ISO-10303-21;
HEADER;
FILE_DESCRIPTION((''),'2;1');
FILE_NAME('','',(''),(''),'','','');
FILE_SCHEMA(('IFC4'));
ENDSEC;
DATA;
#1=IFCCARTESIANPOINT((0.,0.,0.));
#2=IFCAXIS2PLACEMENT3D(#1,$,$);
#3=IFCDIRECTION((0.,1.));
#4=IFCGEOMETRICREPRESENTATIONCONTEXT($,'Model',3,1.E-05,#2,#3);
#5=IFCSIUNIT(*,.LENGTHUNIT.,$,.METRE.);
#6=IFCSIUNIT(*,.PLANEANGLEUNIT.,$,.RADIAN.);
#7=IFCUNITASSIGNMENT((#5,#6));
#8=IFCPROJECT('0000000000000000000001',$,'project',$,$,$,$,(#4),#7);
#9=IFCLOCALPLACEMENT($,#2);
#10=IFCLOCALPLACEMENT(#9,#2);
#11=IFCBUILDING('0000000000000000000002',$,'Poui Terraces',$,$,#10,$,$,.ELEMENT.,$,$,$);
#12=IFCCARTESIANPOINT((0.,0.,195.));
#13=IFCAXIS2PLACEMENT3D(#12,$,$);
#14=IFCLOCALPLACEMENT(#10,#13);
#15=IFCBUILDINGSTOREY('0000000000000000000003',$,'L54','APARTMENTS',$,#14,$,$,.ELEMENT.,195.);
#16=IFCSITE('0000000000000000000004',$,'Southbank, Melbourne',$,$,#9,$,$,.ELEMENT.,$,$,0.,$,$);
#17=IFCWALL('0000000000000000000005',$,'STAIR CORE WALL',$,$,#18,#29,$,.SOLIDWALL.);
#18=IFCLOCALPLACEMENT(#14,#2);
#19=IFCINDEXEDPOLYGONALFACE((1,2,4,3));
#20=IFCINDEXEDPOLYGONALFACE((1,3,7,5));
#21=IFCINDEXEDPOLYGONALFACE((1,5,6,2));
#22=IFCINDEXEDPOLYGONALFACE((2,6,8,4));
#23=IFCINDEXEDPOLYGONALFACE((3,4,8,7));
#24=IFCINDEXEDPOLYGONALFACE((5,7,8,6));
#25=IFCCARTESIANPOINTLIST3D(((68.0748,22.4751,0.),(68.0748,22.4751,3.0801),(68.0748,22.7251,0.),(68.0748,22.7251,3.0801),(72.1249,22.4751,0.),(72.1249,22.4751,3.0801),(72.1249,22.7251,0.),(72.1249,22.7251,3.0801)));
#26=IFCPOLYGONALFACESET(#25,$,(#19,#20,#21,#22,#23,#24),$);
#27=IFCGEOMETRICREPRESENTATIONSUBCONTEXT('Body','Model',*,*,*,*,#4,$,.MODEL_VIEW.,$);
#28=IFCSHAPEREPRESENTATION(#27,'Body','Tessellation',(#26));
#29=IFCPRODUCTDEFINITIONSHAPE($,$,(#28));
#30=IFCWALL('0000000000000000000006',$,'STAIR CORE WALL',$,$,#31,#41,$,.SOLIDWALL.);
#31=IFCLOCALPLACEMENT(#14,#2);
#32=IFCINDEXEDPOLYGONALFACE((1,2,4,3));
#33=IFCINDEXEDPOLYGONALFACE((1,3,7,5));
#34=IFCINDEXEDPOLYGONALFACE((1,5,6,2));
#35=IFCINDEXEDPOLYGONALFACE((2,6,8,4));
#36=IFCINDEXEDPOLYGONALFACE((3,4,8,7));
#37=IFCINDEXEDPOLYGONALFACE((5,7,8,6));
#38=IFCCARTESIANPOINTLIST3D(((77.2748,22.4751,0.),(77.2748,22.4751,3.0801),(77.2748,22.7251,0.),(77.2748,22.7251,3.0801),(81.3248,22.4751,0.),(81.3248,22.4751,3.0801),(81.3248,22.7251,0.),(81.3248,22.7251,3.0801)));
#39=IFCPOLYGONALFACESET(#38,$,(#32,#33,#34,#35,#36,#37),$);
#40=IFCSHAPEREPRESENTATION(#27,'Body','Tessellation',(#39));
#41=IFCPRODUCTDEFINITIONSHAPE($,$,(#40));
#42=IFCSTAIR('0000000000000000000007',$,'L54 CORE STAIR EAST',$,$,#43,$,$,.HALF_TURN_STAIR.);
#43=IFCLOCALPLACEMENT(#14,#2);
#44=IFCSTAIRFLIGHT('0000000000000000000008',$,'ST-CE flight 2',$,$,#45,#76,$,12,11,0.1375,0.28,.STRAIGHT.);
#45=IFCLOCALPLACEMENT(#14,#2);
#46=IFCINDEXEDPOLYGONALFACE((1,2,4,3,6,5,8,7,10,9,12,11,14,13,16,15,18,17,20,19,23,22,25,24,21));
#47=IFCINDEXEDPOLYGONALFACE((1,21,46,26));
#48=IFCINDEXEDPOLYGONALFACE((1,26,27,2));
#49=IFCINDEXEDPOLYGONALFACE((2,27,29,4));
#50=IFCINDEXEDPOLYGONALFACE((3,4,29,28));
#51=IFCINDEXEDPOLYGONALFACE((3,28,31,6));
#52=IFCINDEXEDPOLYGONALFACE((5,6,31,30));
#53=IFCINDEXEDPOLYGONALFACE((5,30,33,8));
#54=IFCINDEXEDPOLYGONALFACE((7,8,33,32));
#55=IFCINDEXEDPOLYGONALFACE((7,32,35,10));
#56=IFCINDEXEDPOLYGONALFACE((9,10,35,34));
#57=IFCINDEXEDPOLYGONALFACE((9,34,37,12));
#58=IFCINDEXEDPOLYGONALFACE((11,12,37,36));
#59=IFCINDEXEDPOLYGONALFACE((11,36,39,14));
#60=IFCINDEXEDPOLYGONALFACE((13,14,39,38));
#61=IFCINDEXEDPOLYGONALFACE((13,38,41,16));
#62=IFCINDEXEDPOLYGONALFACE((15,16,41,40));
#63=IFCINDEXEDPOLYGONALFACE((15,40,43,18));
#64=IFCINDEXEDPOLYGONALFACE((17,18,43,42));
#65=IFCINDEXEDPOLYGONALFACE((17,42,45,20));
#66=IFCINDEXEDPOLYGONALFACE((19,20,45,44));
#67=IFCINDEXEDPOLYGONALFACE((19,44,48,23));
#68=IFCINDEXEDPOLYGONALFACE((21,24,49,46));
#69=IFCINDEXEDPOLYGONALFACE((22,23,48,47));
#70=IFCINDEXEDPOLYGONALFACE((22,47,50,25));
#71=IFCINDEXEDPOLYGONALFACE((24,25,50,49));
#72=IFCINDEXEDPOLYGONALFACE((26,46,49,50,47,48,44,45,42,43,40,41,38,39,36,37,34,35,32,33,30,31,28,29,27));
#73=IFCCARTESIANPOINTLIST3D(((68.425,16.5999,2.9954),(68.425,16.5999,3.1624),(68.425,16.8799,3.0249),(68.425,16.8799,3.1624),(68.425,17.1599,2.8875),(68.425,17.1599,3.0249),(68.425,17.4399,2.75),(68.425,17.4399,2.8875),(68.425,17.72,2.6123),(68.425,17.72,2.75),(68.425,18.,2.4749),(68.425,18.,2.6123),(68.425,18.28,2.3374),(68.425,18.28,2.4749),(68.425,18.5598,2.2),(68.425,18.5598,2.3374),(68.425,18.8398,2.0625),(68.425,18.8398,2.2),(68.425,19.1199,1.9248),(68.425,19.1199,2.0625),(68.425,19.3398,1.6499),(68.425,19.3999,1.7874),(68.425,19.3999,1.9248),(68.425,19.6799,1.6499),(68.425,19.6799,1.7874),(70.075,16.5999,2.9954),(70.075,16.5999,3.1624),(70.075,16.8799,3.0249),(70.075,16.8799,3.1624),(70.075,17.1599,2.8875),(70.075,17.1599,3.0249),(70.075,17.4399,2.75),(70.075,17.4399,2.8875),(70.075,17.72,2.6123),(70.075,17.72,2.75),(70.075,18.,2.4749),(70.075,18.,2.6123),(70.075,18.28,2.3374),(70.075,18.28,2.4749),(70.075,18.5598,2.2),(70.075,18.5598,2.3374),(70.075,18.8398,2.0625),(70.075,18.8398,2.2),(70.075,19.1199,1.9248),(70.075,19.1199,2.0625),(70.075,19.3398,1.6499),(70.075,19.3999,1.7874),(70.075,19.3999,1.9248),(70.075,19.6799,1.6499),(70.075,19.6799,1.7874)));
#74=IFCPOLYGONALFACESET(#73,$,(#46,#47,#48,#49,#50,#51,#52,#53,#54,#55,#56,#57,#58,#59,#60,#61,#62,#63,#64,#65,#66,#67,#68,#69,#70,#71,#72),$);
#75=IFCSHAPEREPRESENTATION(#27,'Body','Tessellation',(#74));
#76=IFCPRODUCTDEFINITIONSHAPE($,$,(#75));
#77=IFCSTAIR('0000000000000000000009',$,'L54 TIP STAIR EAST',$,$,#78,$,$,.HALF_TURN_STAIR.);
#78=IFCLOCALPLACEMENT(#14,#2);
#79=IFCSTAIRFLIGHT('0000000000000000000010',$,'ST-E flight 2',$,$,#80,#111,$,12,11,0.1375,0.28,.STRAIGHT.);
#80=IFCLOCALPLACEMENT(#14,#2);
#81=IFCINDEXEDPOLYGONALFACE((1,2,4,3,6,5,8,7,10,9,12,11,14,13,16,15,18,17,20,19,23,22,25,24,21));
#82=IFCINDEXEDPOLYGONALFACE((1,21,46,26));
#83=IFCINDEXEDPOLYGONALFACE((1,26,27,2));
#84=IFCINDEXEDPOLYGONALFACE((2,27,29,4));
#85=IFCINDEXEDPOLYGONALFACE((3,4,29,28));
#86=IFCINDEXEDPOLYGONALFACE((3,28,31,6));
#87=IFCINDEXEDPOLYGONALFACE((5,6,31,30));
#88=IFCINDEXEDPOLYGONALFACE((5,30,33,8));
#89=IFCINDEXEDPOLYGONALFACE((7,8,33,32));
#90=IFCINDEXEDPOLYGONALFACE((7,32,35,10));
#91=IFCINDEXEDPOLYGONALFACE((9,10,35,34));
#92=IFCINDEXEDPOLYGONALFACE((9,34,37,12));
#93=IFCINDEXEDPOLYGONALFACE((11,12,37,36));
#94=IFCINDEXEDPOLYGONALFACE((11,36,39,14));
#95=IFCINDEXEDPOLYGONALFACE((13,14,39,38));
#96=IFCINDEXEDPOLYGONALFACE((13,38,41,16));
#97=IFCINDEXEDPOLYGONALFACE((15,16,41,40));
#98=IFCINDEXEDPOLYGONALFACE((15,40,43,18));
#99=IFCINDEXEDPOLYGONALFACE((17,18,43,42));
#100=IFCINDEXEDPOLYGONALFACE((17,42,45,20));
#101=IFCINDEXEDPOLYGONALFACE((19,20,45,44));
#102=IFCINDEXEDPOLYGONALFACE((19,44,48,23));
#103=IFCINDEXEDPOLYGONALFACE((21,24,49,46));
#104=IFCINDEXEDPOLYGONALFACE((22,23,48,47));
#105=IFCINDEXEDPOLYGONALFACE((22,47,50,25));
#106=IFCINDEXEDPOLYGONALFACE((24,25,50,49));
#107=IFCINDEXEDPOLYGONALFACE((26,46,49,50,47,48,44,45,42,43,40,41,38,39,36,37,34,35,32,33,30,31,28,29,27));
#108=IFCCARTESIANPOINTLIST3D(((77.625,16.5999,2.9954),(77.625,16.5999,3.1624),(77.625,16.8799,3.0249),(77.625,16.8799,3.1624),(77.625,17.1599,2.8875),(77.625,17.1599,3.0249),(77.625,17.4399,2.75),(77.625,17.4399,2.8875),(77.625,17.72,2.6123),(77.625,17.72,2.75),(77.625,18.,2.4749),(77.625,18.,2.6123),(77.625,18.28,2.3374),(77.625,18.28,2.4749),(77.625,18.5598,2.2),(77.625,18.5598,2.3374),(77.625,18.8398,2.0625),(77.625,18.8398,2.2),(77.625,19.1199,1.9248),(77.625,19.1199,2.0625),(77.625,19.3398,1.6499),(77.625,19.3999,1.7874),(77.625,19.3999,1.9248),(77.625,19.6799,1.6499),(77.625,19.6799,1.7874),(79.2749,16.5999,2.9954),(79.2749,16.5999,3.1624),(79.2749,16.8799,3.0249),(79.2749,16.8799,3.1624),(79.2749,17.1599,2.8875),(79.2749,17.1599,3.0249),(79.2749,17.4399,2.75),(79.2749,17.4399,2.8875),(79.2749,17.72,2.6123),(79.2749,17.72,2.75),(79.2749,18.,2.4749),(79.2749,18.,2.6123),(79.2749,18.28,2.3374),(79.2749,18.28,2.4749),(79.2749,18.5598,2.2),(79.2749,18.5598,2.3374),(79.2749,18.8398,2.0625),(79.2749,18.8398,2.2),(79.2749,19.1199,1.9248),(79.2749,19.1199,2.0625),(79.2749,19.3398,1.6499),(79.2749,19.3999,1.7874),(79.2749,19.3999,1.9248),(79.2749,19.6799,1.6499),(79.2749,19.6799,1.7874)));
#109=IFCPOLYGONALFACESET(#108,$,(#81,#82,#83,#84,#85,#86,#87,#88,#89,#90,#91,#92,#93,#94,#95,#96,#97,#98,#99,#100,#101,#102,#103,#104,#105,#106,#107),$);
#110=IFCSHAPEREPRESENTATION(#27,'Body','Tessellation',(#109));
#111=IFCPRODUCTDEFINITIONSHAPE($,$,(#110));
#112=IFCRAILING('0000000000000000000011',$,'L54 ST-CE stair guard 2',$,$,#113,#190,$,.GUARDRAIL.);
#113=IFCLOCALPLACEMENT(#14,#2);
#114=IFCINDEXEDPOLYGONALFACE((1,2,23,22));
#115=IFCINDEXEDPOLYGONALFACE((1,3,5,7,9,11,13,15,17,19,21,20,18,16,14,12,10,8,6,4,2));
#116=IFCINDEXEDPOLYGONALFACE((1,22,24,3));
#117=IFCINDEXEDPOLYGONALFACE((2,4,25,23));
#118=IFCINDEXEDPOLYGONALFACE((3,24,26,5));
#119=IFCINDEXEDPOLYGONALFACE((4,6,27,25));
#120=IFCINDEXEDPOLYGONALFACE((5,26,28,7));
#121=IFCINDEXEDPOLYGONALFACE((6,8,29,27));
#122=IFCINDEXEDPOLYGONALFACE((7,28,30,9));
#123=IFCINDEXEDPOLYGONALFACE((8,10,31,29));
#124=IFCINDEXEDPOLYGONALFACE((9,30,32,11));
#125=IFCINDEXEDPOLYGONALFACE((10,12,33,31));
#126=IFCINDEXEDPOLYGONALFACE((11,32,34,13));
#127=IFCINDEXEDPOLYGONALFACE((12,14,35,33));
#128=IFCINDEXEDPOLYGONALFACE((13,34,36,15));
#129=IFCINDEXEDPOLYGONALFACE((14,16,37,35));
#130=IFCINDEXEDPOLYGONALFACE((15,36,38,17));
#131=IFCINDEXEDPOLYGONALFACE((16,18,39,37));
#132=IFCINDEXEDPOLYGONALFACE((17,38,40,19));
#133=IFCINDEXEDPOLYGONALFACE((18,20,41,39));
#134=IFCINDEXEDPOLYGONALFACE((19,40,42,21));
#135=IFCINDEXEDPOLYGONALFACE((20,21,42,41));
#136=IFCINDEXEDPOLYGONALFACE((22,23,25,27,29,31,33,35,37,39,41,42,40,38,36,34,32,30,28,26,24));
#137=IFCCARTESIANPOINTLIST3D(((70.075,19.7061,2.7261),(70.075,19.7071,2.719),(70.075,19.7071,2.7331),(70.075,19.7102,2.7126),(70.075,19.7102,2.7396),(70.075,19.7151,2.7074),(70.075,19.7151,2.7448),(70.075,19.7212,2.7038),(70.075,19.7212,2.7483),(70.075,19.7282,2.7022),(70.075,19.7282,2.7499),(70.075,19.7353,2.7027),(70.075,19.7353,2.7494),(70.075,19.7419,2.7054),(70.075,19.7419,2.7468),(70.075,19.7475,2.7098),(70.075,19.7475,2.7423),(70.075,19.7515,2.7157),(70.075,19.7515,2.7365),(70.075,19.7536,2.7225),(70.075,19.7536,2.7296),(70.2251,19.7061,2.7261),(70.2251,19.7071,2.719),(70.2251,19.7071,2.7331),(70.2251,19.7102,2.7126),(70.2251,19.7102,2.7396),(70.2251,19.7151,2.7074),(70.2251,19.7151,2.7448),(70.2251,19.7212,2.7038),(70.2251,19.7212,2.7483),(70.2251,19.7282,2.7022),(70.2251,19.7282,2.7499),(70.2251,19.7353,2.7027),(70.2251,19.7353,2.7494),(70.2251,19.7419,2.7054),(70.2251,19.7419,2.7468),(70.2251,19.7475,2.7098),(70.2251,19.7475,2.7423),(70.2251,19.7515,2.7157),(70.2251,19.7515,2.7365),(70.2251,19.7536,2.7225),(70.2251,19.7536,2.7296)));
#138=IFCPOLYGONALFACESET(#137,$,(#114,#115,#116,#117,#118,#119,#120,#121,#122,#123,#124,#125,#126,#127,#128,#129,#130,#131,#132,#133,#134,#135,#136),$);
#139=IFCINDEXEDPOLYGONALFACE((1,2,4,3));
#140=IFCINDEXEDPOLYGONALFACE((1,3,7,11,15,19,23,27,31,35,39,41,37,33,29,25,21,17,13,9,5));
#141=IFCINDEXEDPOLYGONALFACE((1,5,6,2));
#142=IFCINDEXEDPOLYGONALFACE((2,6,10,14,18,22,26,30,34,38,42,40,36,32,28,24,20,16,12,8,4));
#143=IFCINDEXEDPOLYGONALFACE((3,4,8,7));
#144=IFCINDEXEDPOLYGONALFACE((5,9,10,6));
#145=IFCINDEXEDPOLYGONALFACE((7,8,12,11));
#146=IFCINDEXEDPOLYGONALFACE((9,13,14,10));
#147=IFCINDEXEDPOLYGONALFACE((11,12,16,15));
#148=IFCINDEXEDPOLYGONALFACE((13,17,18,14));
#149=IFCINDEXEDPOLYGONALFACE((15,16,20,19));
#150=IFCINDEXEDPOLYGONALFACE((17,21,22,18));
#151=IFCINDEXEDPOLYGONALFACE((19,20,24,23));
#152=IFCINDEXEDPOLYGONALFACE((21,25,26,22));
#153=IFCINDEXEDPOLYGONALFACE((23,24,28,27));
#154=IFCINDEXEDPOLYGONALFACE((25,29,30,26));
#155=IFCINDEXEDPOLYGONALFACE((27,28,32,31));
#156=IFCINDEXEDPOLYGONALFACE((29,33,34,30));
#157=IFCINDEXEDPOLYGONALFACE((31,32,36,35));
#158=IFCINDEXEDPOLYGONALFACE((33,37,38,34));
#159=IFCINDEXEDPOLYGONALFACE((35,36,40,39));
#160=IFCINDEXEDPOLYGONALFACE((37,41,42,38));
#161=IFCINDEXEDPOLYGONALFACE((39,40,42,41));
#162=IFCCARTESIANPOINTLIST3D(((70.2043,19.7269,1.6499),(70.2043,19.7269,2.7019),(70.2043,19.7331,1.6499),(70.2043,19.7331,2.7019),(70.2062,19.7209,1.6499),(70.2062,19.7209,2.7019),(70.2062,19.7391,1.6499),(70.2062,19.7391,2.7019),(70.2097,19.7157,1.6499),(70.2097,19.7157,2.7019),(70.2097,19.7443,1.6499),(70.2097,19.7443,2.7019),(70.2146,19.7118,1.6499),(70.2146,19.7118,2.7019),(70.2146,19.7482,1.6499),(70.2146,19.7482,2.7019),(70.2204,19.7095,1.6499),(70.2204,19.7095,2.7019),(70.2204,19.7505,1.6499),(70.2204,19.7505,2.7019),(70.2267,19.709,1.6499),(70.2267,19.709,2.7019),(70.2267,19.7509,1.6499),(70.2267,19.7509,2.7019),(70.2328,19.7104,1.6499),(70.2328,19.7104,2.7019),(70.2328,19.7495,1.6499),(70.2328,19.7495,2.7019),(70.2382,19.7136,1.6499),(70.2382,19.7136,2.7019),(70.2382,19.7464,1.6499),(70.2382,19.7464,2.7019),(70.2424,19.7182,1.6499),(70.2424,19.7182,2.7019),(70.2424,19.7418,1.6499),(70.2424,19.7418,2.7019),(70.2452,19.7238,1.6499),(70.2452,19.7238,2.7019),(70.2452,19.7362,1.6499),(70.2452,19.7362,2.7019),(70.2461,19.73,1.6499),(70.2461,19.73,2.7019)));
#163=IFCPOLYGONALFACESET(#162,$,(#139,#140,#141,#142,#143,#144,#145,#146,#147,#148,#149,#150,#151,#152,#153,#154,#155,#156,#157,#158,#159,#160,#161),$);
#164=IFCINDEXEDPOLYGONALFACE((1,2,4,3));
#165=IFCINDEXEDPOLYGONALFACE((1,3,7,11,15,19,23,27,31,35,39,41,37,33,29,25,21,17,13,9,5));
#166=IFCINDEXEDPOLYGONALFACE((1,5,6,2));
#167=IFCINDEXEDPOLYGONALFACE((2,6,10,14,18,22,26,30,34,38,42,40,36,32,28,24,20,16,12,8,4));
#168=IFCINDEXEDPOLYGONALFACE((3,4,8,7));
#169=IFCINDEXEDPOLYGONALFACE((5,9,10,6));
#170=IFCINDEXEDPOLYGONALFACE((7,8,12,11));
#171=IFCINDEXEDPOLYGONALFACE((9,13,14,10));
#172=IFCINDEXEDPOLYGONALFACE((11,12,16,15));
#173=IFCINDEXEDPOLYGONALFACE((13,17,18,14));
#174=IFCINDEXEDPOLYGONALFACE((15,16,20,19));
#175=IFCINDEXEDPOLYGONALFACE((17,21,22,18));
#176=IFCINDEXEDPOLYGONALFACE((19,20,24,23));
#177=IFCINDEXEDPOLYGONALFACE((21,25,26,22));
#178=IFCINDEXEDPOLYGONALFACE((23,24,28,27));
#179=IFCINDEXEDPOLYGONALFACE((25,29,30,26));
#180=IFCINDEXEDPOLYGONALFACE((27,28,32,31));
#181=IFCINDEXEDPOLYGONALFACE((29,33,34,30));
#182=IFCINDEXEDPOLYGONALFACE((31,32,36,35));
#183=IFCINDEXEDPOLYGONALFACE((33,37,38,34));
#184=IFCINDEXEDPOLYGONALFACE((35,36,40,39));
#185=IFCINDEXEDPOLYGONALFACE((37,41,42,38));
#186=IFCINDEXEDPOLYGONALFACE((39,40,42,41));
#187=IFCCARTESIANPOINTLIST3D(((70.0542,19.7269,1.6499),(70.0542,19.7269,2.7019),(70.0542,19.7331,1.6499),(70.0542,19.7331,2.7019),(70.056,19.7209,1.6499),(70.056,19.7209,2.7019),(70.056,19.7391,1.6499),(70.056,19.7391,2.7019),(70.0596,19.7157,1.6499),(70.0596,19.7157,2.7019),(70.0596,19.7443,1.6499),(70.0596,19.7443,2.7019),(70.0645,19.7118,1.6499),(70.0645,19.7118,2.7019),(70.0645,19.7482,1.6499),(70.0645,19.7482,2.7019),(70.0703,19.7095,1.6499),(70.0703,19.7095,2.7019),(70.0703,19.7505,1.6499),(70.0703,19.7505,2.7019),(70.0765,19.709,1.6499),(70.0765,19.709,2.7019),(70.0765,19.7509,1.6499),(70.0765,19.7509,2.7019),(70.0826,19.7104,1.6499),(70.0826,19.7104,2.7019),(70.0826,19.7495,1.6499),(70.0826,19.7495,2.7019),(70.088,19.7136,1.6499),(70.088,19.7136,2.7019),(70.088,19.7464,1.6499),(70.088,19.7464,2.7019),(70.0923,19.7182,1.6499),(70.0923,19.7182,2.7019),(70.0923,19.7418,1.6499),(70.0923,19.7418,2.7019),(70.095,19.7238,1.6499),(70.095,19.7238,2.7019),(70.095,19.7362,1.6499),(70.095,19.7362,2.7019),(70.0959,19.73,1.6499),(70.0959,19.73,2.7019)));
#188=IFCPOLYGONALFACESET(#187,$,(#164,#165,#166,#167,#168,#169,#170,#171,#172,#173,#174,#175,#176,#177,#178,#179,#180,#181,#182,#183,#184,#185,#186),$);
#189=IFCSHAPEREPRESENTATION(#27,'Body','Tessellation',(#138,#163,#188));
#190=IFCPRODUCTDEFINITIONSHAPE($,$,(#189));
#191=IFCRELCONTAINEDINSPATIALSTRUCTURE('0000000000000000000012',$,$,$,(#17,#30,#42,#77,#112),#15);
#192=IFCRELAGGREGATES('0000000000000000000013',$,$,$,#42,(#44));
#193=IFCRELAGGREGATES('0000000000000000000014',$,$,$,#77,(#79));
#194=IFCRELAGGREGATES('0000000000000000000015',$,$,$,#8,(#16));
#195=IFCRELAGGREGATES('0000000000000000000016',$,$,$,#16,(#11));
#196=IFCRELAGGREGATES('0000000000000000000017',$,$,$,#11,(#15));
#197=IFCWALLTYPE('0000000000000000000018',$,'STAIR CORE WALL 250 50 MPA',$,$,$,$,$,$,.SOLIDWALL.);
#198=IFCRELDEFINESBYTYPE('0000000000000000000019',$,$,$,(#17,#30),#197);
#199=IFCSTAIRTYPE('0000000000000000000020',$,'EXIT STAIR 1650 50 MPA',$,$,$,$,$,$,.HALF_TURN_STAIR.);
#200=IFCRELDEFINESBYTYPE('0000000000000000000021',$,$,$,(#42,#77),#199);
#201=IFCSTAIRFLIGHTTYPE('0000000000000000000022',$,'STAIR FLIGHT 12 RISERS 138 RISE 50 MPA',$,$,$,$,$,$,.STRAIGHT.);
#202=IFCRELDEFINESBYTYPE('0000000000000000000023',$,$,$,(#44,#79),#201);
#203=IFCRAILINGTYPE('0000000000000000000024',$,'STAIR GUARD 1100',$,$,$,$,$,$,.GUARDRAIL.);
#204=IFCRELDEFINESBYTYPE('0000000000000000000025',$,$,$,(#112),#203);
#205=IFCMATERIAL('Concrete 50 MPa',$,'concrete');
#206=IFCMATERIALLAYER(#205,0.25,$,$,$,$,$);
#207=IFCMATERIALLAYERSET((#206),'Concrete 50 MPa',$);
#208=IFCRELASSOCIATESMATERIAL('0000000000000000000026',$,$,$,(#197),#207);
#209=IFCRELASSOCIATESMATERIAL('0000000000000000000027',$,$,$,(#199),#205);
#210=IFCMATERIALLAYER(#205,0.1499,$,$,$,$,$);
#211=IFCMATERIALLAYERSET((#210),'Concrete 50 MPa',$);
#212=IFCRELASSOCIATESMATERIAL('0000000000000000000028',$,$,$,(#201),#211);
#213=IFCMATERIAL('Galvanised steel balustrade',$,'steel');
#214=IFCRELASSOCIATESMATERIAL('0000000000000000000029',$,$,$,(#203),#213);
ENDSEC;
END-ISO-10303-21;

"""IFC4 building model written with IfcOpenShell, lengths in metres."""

from ifc_helpers import new_model, si_unit, direction, frame, frame_2d, origin, origin_2d, place, context, subcontext, project, spatial, polyline, rectangle, circle, outline, extrude, material, layer, layer_set, type_object, element, aggregate, save


model = new_model("IFC4")

# Units and contexts
model_context = context("Model", 3, precision=1e-05, world=origin(), true_north=direction((0.0, 1.0)))
body_context = subcontext(model_context, "Body", "Model", "MODEL_VIEW")
ifc_project = project(units=[si_unit("LENGTHUNIT", "METRE"), si_unit("PLANEANGLEUNIT", "RADIAN")], contexts=[model_context])

# Site, building, storey
site_placement = place(None, origin())
site = spatial("IfcSite", under=ifc_project, at=site_placement, Name="Southbank, Melbourne", CompositionType="ELEMENT", RefElevation=0.0)
building_placement = place(site_placement, origin())
building = spatial("IfcBuilding", under=site, at=building_placement, Name="Poui Terraces", CompositionType="ELEMENT")
storey_placement = place(building_placement, frame((0.0, 0.0, 195.0)))
storey = spatial("IfcBuildingStorey", under=building, at=storey_placement, Name="L54", Description="APARTMENTS", CompositionType="ELEMENT", Elevation=195.0)

# Shared definitions
ifc_material_1 = material(Name="Concrete 50 MPa", Category="concrete")

# Walls
ifc_layer_1 = layer(ifc_material_1, 0.25)
ifc_layer_set_1 = layer_set([ifc_layer_1], Name="Concrete 50 MPa")
wall_type_1 = type_object("IfcWallType", Name="STAIR CORE WALL 250 50 MPA", PredefinedType="SOLIDWALL", material=ifc_layer_set_1)
for number, where, z_axis, x_axis, name in (
    (1, (68.075, 22.6001, 0.0), (0.0, 0.0, 1.0), (1.0, 0.0, 0.0), "STAIR CORE WALL"),
    (2, (77.2749, 22.6001, 0.0), (0.0, 0.0, 1.0), (1.0, 0.0, 0.0), "STAIR CORE WALL"),
):
    element("IfcWall", number, at=place(storey_placement, frame(where, z_axis=z_axis, x_axis=x_axis)), inside=storey, type_object=wall_type_1, Name=name, PredefinedType="SOLIDWALL", context=body_context, shape_type="SweptSolid", body=[
        extrude(rectangle(XDim=4.05, YDim=0.25, at=frame_2d((2.0249, 0.0))), origin(), (0.0, 0.0, 1.0), 3.0801),
    ])

# Stairs, stair flights
stair_type = type_object("IfcStairType", Name="EXIT STAIR 1650 50 MPA", PredefinedType="HALF_TURN_STAIR", material=ifc_material_1)
stair_1_placement = place(storey_placement, origin())
stair_1 = element("IfcStair", 3, at=stair_1_placement, inside=storey, type_object=stair_type, Name="L54 CORE STAIR EAST", PredefinedType="HALF_TURN_STAIR")
ifc_layer_2 = layer(ifc_material_1, 0.1499)
ifc_layer_set_2 = layer_set([ifc_layer_2], Name="Concrete 50 MPa")
stair_flight_type = type_object("IfcStairFlightType", Name="STAIR FLIGHT 12 RISERS 138 RISE 50 MPA", PredefinedType="STRAIGHT", material=ifc_layer_set_2)
stair_flight_1_placement = place(storey_placement, frame((69.25, 19.6799, 1.6499), z_axis=(0.0, 0.0, 1.0), x_axis=(0.0, -1.0, 0.0)))
stair_flight_1 = element("IfcStairFlight", 4, at=stair_flight_1_placement, type_object=stair_flight_type, Name="ST-CE flight 2", NumberOfRisers=12, NumberOfTreads=11, PredefinedType="STRAIGHT", RiserHeight=0.1375, TreadLength=0.28, context=body_context, shape_type="SweptSolid", body=[
    extrude(outline(polyline([(0.0, 0.0), (0.0, 0.1375), (0.28, 0.1375), (0.28, 0.2749), (0.5601, 0.2749), (0.5601, 0.4126), (0.8401, 0.4126), (0.8401, 0.55), (1.1201, 0.55), (1.1201, 0.6875), (1.3999, 0.6875), (1.3999, 0.825), (1.6799, 0.825), (1.6799, 0.9624), (1.96, 0.9624), (1.96, 1.1001), (2.24, 1.1001), (2.24, 1.2375), (2.52, 1.2375), (2.52, 1.375), (2.8, 1.375), (2.8, 1.5125), (3.0801, 1.5125), (3.0801, 1.6499), (3.0801, 1.3455), (0.3401, 0.0), (0.0, 0.0)])), frame((0.0, 0.825, 0.0), z_axis=(0.0, -1.0, 0.0), x_axis=(1.0, 0.0, 0.0)), (0.0, 0.0, 1.0), 1.6499),
])
aggregate(stair_1, [stair_flight_1])
stair_2_placement = place(storey_placement, origin())
stair_2 = element("IfcStair", 5, at=stair_2_placement, inside=storey, type_object=stair_type, Name="L54 TIP STAIR EAST", PredefinedType="HALF_TURN_STAIR")
stair_flight_2_placement = place(storey_placement, frame((78.45, 19.6799, 1.6499), z_axis=(0.0, 0.0, 1.0), x_axis=(0.0, -1.0, 0.0)))
stair_flight_2 = element("IfcStairFlight", 6, at=stair_flight_2_placement, type_object=stair_flight_type, Name="ST-E flight 2", NumberOfRisers=12, NumberOfTreads=11, PredefinedType="STRAIGHT", RiserHeight=0.1375, TreadLength=0.28, context=body_context, shape_type="SweptSolid", body=[
    extrude(outline(polyline([(0.0, 0.0), (0.0, 0.1375), (0.28, 0.1375), (0.28, 0.2749), (0.5601, 0.2749), (0.5601, 0.4126), (0.8401, 0.4126), (0.8401, 0.55), (1.1201, 0.55), (1.1201, 0.6875), (1.3999, 0.6875), (1.3999, 0.825), (1.6799, 0.825), (1.6799, 0.9624), (1.96, 0.9624), (1.96, 1.1001), (2.24, 1.1001), (2.24, 1.2375), (2.52, 1.2375), (2.52, 1.375), (2.8, 1.375), (2.8, 1.5125), (3.0801, 1.5125), (3.0801, 1.6499), (3.0801, 1.3455), (0.3401, 0.0), (0.0, 0.0)])), frame((0.0, 0.825, 0.0), z_axis=(0.0, -1.0, 0.0), x_axis=(1.0, 0.0, 0.0)), (0.0, 0.0, 1.0), 1.6499),
])
aggregate(stair_2, [stair_flight_2])

# Railing
ifc_material_2 = material(Name="Galvanised steel balustrade", Category="steel")
railing_type_1 = type_object("IfcRailingType", Name="STAIR GUARD 1100", PredefinedType="GUARDRAIL", material=ifc_material_2)
railing_1_placement = place(storey_placement, frame((70.2251, 19.73, 1.6499)))
element("IfcRailing", 7, at=railing_1_placement, inside=storey, type_object=railing_type_1, Name="L54 ST-CE stair guard 2", PredefinedType="GUARDRAIL", context=body_context, shape_type="SweptSolid", body=[
    extrude(circle(Radius=0.0239, at=origin_2d()), frame((0.0, 0.0, 1.0762), z_axis=(-1.0, 0.0, 0.0), x_axis=(0.0, -1.0, 0.0)), (0.0, 0.0, 1.0), 0.1501),
    extrude(circle(Radius=0.021, at=origin_2d()), origin(), (0.0, 0.0, 1.0), 1.052),
    extrude(circle(Radius=0.021, at=origin_2d()), frame((-0.1501, 0.0, 0.0)), (0.0, 0.0, 1.0), 1.052),
])

save(model, "model.ifc")
